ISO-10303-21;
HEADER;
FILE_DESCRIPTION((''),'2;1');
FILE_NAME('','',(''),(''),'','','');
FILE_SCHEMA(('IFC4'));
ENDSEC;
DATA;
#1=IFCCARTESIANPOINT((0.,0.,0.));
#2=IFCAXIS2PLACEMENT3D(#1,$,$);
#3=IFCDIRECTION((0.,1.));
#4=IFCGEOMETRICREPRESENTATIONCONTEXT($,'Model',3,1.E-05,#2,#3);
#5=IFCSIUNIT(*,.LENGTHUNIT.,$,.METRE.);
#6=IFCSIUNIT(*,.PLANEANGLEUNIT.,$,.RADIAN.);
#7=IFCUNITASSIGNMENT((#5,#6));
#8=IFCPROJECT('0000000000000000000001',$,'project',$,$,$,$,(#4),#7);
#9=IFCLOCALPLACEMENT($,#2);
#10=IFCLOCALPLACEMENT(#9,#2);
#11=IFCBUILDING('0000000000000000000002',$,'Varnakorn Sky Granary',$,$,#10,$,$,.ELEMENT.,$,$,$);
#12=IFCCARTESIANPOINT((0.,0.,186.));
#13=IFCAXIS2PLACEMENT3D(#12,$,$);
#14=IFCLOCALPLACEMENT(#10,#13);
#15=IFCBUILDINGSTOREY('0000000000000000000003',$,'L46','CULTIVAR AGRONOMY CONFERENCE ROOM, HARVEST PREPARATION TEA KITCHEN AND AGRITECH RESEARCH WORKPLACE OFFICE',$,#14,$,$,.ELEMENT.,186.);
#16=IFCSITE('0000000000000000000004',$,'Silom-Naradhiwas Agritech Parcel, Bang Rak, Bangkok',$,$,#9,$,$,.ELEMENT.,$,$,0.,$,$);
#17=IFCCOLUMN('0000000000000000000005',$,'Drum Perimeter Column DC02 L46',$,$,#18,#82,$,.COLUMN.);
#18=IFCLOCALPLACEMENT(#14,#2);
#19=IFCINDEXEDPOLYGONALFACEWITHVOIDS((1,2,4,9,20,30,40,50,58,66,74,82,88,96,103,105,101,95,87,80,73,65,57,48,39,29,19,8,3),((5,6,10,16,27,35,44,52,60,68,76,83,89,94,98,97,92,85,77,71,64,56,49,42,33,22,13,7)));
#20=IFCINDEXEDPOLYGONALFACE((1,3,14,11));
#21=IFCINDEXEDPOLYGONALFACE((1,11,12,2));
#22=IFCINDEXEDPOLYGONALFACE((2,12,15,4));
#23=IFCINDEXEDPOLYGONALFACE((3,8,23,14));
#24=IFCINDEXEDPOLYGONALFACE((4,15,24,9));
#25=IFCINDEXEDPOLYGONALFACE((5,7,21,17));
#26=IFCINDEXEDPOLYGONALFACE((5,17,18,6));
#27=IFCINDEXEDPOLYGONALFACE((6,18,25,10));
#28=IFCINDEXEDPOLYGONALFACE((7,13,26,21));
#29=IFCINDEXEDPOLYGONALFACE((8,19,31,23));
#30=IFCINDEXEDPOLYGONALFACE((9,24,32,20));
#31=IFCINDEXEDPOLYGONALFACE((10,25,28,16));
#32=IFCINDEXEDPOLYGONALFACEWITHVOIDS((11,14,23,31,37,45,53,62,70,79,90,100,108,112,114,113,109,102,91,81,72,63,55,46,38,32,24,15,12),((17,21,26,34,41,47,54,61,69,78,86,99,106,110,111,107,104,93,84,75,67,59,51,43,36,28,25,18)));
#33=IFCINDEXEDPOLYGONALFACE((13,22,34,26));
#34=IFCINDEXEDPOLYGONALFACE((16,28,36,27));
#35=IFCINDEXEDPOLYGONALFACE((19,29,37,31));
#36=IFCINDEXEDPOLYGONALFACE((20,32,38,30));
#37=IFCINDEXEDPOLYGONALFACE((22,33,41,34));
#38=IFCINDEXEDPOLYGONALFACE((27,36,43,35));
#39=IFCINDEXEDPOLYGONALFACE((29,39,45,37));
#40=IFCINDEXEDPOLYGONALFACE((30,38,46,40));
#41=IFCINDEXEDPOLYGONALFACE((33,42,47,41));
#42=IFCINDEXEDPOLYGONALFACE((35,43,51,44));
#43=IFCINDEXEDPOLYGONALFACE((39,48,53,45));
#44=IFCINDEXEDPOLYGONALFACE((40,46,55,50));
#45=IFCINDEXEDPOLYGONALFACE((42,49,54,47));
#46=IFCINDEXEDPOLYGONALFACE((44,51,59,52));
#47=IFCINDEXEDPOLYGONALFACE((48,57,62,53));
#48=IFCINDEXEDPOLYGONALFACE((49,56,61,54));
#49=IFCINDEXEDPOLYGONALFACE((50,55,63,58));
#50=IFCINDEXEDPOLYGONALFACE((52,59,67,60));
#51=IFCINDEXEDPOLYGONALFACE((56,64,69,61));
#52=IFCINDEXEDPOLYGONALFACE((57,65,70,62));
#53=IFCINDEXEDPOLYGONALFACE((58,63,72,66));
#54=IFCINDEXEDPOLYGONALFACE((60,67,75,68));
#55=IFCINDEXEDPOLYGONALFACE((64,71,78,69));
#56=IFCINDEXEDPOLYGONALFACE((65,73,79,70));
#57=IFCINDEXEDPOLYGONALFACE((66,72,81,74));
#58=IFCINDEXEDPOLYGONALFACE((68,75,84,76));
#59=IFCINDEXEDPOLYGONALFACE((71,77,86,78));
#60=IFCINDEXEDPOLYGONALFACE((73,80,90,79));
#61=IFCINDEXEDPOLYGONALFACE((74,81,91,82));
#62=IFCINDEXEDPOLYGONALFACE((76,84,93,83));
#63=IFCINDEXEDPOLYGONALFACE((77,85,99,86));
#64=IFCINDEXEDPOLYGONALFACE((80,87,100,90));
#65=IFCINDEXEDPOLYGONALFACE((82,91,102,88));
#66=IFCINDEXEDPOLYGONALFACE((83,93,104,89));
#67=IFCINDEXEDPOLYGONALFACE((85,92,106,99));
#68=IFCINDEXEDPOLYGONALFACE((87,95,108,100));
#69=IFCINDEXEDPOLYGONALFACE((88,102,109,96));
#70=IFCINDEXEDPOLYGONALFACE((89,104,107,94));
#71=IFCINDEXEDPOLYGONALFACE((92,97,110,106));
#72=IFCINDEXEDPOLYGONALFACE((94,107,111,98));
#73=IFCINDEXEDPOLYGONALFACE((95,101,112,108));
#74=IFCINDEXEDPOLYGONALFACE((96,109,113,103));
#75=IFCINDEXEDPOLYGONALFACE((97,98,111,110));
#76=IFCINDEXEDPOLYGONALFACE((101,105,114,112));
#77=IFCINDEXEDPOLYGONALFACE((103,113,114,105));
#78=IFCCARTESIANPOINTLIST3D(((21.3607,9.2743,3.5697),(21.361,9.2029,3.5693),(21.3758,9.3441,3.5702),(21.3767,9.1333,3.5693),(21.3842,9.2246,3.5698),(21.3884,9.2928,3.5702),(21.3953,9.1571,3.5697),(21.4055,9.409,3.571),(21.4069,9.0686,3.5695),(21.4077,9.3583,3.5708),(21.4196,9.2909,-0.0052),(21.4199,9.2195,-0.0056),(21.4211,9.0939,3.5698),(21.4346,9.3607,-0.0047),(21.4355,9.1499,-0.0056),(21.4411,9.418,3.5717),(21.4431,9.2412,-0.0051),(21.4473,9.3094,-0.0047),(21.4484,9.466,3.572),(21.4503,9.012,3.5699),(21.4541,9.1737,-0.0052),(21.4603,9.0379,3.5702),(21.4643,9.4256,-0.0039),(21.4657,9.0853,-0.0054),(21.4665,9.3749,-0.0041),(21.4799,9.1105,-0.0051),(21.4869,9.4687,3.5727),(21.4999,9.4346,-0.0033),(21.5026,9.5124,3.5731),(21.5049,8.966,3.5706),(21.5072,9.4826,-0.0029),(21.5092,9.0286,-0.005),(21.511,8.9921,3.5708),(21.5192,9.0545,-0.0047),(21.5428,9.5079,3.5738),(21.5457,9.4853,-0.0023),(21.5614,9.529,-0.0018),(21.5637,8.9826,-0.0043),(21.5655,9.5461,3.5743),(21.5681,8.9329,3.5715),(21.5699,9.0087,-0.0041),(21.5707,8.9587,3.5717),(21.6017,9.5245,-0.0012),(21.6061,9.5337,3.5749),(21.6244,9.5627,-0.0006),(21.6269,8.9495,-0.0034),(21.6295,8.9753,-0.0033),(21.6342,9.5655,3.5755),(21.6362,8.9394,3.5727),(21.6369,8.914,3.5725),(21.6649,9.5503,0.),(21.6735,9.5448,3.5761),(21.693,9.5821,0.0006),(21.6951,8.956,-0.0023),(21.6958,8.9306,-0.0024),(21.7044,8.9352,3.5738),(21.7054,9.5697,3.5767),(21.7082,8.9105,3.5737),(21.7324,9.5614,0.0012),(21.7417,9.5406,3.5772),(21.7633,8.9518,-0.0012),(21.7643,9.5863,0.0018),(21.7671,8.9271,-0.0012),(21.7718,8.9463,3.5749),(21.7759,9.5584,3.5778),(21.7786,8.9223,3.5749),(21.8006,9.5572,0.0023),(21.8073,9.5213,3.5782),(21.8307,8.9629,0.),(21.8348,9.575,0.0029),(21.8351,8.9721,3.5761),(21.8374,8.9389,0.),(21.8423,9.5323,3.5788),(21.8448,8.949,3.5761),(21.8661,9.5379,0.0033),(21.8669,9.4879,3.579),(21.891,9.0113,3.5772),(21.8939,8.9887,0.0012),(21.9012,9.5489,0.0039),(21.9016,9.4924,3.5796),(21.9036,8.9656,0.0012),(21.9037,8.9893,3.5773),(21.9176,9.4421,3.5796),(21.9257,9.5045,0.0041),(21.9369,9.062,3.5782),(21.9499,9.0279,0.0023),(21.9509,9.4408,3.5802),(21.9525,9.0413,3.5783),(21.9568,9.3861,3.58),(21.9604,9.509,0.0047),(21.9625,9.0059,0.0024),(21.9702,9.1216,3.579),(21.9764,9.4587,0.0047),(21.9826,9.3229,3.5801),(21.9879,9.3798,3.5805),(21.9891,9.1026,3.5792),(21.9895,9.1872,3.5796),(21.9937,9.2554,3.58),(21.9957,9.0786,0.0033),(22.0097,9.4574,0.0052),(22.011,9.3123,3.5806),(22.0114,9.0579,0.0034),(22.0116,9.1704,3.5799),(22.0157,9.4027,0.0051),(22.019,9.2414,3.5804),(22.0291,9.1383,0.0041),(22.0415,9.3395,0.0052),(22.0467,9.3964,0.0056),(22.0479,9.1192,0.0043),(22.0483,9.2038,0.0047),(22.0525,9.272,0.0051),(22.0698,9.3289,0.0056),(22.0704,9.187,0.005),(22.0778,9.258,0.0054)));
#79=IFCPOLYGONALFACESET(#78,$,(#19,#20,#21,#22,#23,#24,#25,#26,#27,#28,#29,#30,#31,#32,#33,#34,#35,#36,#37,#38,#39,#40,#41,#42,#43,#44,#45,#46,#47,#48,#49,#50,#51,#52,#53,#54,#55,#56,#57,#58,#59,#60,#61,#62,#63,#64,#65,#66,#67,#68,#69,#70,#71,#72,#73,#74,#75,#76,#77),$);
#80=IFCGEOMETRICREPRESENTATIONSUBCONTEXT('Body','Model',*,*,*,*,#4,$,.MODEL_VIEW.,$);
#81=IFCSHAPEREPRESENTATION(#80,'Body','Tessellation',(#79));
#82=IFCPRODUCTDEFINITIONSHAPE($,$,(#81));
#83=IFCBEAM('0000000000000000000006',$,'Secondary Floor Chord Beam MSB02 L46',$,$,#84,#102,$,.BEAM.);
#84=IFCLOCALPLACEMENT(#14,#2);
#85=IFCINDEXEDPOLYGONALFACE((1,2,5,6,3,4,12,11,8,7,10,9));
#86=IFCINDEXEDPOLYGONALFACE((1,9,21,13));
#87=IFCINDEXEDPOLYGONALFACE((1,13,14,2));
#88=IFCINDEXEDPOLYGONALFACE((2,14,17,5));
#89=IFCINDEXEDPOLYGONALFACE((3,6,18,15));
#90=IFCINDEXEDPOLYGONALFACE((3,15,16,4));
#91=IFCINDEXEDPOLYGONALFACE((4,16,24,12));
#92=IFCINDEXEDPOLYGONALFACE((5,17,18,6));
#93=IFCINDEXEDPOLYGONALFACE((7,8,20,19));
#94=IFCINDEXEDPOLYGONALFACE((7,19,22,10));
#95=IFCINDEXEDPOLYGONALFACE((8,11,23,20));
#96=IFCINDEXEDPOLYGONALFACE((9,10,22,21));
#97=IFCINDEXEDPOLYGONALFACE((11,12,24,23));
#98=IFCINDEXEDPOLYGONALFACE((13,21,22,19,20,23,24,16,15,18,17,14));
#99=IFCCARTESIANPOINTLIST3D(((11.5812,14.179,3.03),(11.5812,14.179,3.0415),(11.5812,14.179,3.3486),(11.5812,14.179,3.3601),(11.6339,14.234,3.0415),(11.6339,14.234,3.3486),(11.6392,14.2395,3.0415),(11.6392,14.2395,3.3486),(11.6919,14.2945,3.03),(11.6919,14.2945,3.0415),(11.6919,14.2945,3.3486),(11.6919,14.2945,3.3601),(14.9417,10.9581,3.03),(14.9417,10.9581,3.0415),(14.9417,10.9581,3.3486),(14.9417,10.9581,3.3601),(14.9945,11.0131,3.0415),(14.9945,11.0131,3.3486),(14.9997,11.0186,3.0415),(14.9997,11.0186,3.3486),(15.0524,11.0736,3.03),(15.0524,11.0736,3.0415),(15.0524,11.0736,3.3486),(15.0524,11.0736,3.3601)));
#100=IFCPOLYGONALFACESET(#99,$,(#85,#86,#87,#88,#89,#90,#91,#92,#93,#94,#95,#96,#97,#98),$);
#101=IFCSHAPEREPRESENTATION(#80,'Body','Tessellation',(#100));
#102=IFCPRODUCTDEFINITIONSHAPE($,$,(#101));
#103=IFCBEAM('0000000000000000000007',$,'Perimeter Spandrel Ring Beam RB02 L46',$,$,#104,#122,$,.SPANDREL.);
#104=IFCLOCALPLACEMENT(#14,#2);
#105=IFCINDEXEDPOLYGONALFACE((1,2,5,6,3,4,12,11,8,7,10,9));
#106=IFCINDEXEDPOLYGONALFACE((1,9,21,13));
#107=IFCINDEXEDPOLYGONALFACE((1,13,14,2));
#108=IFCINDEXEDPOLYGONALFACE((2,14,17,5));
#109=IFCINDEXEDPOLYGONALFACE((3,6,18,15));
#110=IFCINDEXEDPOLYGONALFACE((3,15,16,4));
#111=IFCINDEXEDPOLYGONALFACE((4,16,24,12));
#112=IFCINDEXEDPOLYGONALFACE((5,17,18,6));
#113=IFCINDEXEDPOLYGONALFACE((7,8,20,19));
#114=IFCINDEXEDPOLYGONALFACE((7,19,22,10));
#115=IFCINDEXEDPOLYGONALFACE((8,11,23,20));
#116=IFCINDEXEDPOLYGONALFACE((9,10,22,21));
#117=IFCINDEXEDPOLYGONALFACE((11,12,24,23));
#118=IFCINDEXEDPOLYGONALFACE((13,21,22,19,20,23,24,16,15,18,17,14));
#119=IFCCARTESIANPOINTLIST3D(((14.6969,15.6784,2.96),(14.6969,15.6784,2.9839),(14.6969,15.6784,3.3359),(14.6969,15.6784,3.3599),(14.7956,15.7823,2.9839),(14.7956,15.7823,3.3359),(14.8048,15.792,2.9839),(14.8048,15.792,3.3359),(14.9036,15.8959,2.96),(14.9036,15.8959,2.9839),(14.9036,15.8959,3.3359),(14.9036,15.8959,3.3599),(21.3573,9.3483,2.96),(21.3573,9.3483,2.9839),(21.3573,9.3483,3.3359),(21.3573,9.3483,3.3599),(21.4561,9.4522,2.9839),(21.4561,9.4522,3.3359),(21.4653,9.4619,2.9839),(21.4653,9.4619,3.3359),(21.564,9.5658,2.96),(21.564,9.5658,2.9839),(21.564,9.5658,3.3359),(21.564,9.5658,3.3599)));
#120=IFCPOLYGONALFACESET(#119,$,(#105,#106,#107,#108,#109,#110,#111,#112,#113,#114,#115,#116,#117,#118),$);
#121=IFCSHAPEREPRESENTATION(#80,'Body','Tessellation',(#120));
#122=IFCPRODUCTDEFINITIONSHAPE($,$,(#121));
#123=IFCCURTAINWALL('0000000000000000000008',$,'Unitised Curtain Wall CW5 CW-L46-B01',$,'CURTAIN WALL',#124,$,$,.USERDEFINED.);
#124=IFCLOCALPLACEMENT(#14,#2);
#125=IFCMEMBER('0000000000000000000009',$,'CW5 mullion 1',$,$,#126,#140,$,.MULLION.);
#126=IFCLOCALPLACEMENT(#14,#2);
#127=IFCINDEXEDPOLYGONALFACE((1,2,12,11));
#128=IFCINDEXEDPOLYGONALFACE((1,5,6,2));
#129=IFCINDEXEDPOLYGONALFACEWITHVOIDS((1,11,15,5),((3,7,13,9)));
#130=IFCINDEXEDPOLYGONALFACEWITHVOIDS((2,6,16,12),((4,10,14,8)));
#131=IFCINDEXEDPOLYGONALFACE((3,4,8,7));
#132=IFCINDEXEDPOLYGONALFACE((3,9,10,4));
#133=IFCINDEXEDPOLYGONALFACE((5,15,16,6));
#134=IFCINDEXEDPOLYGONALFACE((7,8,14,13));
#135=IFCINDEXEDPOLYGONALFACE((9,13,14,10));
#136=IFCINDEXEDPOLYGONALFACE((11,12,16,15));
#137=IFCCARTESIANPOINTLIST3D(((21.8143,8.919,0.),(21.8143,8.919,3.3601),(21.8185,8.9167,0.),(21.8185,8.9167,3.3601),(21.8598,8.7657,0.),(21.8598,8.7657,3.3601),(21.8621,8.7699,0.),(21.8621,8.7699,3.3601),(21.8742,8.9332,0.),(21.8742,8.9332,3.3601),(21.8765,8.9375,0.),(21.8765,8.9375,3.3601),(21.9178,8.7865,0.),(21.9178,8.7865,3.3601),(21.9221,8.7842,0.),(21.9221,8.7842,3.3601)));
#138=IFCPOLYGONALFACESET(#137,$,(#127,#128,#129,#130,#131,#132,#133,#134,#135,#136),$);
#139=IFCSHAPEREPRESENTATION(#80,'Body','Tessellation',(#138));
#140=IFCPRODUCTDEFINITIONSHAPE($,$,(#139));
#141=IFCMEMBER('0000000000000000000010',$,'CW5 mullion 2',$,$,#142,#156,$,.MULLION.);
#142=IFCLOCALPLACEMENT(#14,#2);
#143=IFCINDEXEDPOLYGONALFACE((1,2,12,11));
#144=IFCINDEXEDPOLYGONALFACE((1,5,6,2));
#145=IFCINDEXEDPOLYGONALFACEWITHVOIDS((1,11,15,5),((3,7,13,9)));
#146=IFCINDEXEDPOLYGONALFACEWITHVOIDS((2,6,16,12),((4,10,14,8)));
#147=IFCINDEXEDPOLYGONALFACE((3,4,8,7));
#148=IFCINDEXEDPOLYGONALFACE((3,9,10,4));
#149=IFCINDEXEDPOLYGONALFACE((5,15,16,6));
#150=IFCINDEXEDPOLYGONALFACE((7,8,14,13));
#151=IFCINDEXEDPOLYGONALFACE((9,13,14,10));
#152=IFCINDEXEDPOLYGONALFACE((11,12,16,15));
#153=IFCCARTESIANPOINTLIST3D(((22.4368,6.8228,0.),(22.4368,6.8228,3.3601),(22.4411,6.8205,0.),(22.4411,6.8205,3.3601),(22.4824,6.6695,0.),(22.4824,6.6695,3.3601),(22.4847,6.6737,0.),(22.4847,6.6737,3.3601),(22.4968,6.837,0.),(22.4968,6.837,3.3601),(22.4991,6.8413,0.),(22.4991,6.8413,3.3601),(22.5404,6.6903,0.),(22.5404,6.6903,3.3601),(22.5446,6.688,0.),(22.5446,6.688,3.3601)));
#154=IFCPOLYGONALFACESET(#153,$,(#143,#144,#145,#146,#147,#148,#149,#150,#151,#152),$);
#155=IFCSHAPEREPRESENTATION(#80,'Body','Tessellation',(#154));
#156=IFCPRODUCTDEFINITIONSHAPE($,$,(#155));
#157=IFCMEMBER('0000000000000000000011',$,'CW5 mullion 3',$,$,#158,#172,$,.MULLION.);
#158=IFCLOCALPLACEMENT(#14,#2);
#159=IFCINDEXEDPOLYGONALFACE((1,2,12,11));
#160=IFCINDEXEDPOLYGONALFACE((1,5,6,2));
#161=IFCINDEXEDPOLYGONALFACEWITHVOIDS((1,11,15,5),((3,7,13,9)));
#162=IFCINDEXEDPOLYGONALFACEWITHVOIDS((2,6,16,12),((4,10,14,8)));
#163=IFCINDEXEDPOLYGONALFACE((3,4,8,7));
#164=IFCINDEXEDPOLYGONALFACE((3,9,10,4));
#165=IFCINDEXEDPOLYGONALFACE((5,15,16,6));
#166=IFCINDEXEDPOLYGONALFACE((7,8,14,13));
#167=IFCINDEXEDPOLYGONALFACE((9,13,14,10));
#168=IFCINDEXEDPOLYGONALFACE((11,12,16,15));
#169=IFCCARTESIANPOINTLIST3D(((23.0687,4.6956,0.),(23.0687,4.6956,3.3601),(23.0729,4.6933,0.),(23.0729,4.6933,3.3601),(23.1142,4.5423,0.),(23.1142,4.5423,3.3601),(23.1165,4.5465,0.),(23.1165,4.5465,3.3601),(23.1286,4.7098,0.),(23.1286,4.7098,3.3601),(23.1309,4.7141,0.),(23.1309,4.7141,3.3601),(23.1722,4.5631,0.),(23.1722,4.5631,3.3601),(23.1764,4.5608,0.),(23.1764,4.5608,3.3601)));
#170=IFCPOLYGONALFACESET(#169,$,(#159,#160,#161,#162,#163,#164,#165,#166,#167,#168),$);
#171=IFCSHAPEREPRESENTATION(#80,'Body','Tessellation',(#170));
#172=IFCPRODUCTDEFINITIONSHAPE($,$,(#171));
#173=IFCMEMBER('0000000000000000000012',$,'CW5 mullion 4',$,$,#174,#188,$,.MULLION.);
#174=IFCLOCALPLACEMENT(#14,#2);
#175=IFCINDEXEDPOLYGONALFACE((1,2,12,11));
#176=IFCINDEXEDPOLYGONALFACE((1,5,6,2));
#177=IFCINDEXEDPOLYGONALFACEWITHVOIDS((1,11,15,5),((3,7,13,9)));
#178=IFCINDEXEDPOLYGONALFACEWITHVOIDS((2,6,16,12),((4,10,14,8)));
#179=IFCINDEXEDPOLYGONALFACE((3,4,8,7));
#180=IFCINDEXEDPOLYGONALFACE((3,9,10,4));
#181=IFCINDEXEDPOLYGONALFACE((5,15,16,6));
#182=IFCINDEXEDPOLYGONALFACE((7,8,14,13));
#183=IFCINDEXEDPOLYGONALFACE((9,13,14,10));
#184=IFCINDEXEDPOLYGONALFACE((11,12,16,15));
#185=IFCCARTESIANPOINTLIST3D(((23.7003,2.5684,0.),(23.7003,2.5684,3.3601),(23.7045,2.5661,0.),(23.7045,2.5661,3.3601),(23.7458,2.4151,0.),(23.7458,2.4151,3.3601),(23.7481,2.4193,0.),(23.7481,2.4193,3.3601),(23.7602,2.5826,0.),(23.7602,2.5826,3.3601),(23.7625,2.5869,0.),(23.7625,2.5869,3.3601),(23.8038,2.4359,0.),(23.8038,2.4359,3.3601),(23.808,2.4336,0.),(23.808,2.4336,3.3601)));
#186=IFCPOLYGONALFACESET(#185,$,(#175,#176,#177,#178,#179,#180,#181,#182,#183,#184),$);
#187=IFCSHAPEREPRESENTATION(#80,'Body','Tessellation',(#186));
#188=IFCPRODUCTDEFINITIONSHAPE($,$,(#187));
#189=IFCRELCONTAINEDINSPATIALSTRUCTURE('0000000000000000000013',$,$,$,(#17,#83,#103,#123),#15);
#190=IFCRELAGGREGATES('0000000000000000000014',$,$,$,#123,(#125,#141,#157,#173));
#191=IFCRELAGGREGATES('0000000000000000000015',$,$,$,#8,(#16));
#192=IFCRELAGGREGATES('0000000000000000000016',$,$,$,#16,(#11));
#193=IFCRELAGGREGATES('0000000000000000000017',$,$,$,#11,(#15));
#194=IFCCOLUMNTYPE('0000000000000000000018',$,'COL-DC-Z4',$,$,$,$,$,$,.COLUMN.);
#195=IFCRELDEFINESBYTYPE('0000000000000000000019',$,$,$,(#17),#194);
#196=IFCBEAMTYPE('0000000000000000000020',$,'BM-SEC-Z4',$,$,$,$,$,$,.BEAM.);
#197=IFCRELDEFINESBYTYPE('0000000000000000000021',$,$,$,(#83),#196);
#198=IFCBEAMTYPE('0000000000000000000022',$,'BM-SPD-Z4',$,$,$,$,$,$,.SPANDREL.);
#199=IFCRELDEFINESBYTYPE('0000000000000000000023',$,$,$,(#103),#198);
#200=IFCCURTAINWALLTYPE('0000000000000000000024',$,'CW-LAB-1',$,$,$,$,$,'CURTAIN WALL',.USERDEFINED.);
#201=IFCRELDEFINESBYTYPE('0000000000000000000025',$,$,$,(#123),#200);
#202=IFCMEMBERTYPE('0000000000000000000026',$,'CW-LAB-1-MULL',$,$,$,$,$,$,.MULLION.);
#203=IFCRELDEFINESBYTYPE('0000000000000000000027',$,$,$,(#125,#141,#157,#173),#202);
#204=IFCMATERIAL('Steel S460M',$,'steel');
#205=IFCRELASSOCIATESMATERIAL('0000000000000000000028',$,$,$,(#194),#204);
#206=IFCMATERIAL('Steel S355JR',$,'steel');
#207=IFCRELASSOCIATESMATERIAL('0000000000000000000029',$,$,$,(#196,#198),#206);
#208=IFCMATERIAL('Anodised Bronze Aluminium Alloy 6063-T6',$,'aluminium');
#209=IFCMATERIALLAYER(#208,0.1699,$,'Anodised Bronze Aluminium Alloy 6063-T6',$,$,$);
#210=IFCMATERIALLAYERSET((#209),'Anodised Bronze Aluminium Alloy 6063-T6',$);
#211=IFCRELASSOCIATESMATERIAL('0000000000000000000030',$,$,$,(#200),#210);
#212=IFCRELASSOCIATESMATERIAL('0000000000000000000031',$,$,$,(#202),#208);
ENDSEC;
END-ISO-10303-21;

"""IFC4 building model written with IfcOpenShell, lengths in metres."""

from ifc_helpers import new_model, si_unit, direction, frame, origin, origin_2d, place, context, subcontext, project, spatial, hollow_rectangle, hollow_circle, i_section, extrude, material, layer, layer_set, material_profile, profile_set, type_object, element, aggregate, save


model = new_model("IFC4")

# Units and contexts
model_context = context("Model", 3, precision=1e-05, world=origin(), true_north=direction((0.0, 1.0)))
body_context = subcontext(model_context, "Body", "Model", "MODEL_VIEW")
ifc_project = project(units=[si_unit("LENGTHUNIT", "METRE"), si_unit("PLANEANGLEUNIT", "RADIAN")], contexts=[model_context])

# Site, building, storey
site_placement = place(None, origin())
site = spatial("IfcSite", under=ifc_project, at=site_placement, Name="Silom-Naradhiwas Agritech Parcel, Bang Rak, Bangkok", CompositionType="ELEMENT", RefElevation=0.0)
building_placement = place(site_placement, origin())
building = spatial("IfcBuilding", under=site, at=building_placement, Name="Varnakorn Sky Granary", CompositionType="ELEMENT")
storey_placement = place(building_placement, frame((0.0, 0.0, 186.0)))
storey = spatial("IfcBuildingStorey", under=building, at=storey_placement, Name="L46", Description="CULTIVAR AGRONOMY CONFERENCE ROOM, HARVEST PREPARATION TEA KITCHEN AND AGRITECH RESEARCH WORKPLACE OFFICE", CompositionType="ELEMENT", Elevation=186.0)

# Column
ifc_material_1 = material(Name="Steel S460M", Category="steel")
ifc_material_profile_1 = material_profile(ifc_material_1, hollow_circle(Radius=0.3301, WallThickness=0.0249, at=origin_2d()), Name="CHS 660x25")
ifc_profile_set_1 = profile_set([ifc_material_profile_1], Name="Steel S460M")
column_type = type_object("IfcColumnType", Name="COL-DC-Z4", PredefinedType="COLUMN", material=ifc_profile_set_1)
column_placement = place(storey_placement, frame((21.7478, 9.2566, 0.0), z_axis=(-0.016456, -0.004643, 0.999854), x_axis=(0.271555, -0.962423, 0.0)))
element("IfcColumn", 1, at=column_placement, inside=storey, type_object=column_type, Name="Drum Perimeter Column DC02 L46", PredefinedType="COLUMN", context=body_context, shape_type="SweptSolid", body=[
    extrude(hollow_circle(Radius=0.3301, WallThickness=0.0249, at=origin_2d()), origin(), (0.0, 0.0, 1.0), 3.5754),
])

# Beams
ifc_material_2 = material(Name="Steel S355JR", Category="steel")
ifc_material_profile_2 = material_profile(ifc_material_2, i_section(OverallWidth=0.1599, OverallDepth=0.3301, WebThickness=0.0076, FlangeThickness=0.0115, at=origin_2d()), Name="IPE 330")
ifc_profile_set_2 = profile_set([ifc_material_profile_2], Name="Steel S355JR")
beam_type_1 = type_object("IfcBeamType", Name="BM-SEC-Z4", PredefinedType="BEAM", material=ifc_profile_set_2)
beam_1_placement = place(storey_placement, frame((14.9971, 11.0159, 3.1951), z_axis=(-0.721948, 0.691948, 0.0), x_axis=(-0.691948, -0.721948, 0.0)))
element("IfcBeam", 2, at=beam_1_placement, inside=storey, type_object=beam_type_1, Name="Secondary Floor Chord Beam MSB02 L46", PredefinedType="BEAM", context=body_context, shape_type="SweptSolid", body=[
    extrude(i_section(OverallWidth=0.1599, OverallDepth=0.3301, WebThickness=0.0076, FlangeThickness=0.0115, at=origin_2d()), origin(), (0.0, 0.0, 1.0), 4.6548),
])
ifc_material_profile_3 = material_profile(ifc_material_2, i_section(OverallWidth=0.3, OverallDepth=0.3999, WebThickness=0.0134, FlangeThickness=0.0239, at=origin_2d()), Name="HE 400 B")
ifc_profile_set_3 = profile_set([ifc_material_profile_3], Name="Steel S355JR")
beam_type_2 = type_object("IfcBeamType", Name="BM-SPD-Z4", PredefinedType="SPANDREL", material=ifc_profile_set_3)
beam_2_placement = place(storey_placement, frame((21.4607, 9.457, 3.1599), z_axis=(-0.724853, 0.688904, 0.0), x_axis=(-0.688904, -0.724853, 0.0)))
element("IfcBeam", 3, at=beam_2_placement, inside=storey, type_object=beam_type_2, Name="Perimeter Spandrel Ring Beam RB02 L46", PredefinedType="SPANDREL", context=body_context, shape_type="SweptSolid", body=[
    extrude(i_section(OverallWidth=0.3, OverallDepth=0.3999, WebThickness=0.0134, FlangeThickness=0.0239, at=origin_2d()), origin(), (0.0, 0.0, 1.0), 9.1887),
])

# Curtain wall, members
ifc_material_3 = material(Name="Anodised Bronze Aluminium Alloy 6063-T6", Category="aluminium")
ifc_layer_1 = layer(ifc_material_3, 0.1699, Name="Anodised Bronze Aluminium Alloy 6063-T6")
ifc_layer_set_1 = layer_set([ifc_layer_1], Name="Anodised Bronze Aluminium Alloy 6063-T6")
curtain_wall_type = type_object("IfcCurtainWallType", Name="CW-LAB-1", ElementType="CURTAIN WALL", PredefinedType="USERDEFINED", material=ifc_layer_set_1)
curtain_wall_1_placement = place(storey_placement, origin())
curtain_wall_1 = element("IfcCurtainWall", 4, at=curtain_wall_1_placement, inside=storey, type_object=curtain_wall_type, Name="Unitised Curtain Wall CW5 CW-L46-B01", ObjectType="CURTAIN WALL", PredefinedType="USERDEFINED")
ifc_material_profile_4 = material_profile(ifc_material_3, hollow_rectangle(XDim=0.0649, YDim=0.1599, WallThickness=0.0034, at=origin_2d()), Name="ALU MULL 65x160")
ifc_profile_set_4 = profile_set([ifc_material_profile_4], Name="Anodised Bronze Aluminium Alloy 6063-T6")
member_type_1 = type_object("IfcMemberType", Name="CW-LAB-1-MULL", PredefinedType="MULLION", material=ifc_profile_set_4)
member_1_placement = place(storey_placement, frame((21.8682, 8.8516, 0.0), z_axis=(0.0, 0.0, 1.0), x_axis=(0.958614, 0.28471, 0.0)))
member_1 = element("IfcMember", 5, at=member_1_placement, type_object=member_type_1, Name="CW5 mullion 1", PredefinedType="MULLION", context=body_context, shape_type="SweptSolid", body=[
    extrude(hollow_rectangle(XDim=0.0649, YDim=0.1599, WallThickness=0.0034, at=origin_2d()), origin(), (0.0, 0.0, 1.0), 3.3601),
])
member_2_placement = place(storey_placement, frame((22.4907, 6.7554, 0.0), z_axis=(0.0, 0.0, 1.0), x_axis=(0.958614, 0.28471, 0.0)))
member_2 = element("IfcMember", 6, at=member_2_placement, type_object=member_type_1, Name="CW5 mullion 2", PredefinedType="MULLION", context=body_context, shape_type="SweptSolid", body=[
    extrude(hollow_rectangle(XDim=0.0649, YDim=0.1599, WallThickness=0.0034, at=origin_2d()), origin(), (0.0, 0.0, 1.0), 3.3601),
])
member_3_placement = place(storey_placement, frame((23.1226, 4.6282, 0.0), z_axis=(0.0, 0.0, 1.0), x_axis=(0.958614, 0.28471, 0.0)))
member_3 = element("IfcMember", 7, at=member_3_placement, type_object=member_type_1, Name="CW5 mullion 3", PredefinedType="MULLION", context=body_context, shape_type="SweptSolid", body=[
    extrude(hollow_rectangle(XDim=0.0649, YDim=0.1599, WallThickness=0.0034, at=origin_2d()), origin(), (0.0, 0.0, 1.0), 3.3601),
])
member_4_placement = place(storey_placement, frame((23.7542, 2.501, 0.0), z_axis=(0.0, 0.0, 1.0), x_axis=(0.958614, 0.28471, 0.0)))
member_4 = element("IfcMember", 8, at=member_4_placement, type_object=member_type_1, Name="CW5 mullion 4", PredefinedType="MULLION", context=body_context, shape_type="SweptSolid", body=[
    extrude(hollow_rectangle(XDim=0.0649, YDim=0.1599, WallThickness=0.0034, at=origin_2d()), origin(), (0.0, 0.0, 1.0), 3.3601),
])

aggregate(curtain_wall_1, [member_1, member_2, member_3, member_4])

save(model, "model.ifc")
